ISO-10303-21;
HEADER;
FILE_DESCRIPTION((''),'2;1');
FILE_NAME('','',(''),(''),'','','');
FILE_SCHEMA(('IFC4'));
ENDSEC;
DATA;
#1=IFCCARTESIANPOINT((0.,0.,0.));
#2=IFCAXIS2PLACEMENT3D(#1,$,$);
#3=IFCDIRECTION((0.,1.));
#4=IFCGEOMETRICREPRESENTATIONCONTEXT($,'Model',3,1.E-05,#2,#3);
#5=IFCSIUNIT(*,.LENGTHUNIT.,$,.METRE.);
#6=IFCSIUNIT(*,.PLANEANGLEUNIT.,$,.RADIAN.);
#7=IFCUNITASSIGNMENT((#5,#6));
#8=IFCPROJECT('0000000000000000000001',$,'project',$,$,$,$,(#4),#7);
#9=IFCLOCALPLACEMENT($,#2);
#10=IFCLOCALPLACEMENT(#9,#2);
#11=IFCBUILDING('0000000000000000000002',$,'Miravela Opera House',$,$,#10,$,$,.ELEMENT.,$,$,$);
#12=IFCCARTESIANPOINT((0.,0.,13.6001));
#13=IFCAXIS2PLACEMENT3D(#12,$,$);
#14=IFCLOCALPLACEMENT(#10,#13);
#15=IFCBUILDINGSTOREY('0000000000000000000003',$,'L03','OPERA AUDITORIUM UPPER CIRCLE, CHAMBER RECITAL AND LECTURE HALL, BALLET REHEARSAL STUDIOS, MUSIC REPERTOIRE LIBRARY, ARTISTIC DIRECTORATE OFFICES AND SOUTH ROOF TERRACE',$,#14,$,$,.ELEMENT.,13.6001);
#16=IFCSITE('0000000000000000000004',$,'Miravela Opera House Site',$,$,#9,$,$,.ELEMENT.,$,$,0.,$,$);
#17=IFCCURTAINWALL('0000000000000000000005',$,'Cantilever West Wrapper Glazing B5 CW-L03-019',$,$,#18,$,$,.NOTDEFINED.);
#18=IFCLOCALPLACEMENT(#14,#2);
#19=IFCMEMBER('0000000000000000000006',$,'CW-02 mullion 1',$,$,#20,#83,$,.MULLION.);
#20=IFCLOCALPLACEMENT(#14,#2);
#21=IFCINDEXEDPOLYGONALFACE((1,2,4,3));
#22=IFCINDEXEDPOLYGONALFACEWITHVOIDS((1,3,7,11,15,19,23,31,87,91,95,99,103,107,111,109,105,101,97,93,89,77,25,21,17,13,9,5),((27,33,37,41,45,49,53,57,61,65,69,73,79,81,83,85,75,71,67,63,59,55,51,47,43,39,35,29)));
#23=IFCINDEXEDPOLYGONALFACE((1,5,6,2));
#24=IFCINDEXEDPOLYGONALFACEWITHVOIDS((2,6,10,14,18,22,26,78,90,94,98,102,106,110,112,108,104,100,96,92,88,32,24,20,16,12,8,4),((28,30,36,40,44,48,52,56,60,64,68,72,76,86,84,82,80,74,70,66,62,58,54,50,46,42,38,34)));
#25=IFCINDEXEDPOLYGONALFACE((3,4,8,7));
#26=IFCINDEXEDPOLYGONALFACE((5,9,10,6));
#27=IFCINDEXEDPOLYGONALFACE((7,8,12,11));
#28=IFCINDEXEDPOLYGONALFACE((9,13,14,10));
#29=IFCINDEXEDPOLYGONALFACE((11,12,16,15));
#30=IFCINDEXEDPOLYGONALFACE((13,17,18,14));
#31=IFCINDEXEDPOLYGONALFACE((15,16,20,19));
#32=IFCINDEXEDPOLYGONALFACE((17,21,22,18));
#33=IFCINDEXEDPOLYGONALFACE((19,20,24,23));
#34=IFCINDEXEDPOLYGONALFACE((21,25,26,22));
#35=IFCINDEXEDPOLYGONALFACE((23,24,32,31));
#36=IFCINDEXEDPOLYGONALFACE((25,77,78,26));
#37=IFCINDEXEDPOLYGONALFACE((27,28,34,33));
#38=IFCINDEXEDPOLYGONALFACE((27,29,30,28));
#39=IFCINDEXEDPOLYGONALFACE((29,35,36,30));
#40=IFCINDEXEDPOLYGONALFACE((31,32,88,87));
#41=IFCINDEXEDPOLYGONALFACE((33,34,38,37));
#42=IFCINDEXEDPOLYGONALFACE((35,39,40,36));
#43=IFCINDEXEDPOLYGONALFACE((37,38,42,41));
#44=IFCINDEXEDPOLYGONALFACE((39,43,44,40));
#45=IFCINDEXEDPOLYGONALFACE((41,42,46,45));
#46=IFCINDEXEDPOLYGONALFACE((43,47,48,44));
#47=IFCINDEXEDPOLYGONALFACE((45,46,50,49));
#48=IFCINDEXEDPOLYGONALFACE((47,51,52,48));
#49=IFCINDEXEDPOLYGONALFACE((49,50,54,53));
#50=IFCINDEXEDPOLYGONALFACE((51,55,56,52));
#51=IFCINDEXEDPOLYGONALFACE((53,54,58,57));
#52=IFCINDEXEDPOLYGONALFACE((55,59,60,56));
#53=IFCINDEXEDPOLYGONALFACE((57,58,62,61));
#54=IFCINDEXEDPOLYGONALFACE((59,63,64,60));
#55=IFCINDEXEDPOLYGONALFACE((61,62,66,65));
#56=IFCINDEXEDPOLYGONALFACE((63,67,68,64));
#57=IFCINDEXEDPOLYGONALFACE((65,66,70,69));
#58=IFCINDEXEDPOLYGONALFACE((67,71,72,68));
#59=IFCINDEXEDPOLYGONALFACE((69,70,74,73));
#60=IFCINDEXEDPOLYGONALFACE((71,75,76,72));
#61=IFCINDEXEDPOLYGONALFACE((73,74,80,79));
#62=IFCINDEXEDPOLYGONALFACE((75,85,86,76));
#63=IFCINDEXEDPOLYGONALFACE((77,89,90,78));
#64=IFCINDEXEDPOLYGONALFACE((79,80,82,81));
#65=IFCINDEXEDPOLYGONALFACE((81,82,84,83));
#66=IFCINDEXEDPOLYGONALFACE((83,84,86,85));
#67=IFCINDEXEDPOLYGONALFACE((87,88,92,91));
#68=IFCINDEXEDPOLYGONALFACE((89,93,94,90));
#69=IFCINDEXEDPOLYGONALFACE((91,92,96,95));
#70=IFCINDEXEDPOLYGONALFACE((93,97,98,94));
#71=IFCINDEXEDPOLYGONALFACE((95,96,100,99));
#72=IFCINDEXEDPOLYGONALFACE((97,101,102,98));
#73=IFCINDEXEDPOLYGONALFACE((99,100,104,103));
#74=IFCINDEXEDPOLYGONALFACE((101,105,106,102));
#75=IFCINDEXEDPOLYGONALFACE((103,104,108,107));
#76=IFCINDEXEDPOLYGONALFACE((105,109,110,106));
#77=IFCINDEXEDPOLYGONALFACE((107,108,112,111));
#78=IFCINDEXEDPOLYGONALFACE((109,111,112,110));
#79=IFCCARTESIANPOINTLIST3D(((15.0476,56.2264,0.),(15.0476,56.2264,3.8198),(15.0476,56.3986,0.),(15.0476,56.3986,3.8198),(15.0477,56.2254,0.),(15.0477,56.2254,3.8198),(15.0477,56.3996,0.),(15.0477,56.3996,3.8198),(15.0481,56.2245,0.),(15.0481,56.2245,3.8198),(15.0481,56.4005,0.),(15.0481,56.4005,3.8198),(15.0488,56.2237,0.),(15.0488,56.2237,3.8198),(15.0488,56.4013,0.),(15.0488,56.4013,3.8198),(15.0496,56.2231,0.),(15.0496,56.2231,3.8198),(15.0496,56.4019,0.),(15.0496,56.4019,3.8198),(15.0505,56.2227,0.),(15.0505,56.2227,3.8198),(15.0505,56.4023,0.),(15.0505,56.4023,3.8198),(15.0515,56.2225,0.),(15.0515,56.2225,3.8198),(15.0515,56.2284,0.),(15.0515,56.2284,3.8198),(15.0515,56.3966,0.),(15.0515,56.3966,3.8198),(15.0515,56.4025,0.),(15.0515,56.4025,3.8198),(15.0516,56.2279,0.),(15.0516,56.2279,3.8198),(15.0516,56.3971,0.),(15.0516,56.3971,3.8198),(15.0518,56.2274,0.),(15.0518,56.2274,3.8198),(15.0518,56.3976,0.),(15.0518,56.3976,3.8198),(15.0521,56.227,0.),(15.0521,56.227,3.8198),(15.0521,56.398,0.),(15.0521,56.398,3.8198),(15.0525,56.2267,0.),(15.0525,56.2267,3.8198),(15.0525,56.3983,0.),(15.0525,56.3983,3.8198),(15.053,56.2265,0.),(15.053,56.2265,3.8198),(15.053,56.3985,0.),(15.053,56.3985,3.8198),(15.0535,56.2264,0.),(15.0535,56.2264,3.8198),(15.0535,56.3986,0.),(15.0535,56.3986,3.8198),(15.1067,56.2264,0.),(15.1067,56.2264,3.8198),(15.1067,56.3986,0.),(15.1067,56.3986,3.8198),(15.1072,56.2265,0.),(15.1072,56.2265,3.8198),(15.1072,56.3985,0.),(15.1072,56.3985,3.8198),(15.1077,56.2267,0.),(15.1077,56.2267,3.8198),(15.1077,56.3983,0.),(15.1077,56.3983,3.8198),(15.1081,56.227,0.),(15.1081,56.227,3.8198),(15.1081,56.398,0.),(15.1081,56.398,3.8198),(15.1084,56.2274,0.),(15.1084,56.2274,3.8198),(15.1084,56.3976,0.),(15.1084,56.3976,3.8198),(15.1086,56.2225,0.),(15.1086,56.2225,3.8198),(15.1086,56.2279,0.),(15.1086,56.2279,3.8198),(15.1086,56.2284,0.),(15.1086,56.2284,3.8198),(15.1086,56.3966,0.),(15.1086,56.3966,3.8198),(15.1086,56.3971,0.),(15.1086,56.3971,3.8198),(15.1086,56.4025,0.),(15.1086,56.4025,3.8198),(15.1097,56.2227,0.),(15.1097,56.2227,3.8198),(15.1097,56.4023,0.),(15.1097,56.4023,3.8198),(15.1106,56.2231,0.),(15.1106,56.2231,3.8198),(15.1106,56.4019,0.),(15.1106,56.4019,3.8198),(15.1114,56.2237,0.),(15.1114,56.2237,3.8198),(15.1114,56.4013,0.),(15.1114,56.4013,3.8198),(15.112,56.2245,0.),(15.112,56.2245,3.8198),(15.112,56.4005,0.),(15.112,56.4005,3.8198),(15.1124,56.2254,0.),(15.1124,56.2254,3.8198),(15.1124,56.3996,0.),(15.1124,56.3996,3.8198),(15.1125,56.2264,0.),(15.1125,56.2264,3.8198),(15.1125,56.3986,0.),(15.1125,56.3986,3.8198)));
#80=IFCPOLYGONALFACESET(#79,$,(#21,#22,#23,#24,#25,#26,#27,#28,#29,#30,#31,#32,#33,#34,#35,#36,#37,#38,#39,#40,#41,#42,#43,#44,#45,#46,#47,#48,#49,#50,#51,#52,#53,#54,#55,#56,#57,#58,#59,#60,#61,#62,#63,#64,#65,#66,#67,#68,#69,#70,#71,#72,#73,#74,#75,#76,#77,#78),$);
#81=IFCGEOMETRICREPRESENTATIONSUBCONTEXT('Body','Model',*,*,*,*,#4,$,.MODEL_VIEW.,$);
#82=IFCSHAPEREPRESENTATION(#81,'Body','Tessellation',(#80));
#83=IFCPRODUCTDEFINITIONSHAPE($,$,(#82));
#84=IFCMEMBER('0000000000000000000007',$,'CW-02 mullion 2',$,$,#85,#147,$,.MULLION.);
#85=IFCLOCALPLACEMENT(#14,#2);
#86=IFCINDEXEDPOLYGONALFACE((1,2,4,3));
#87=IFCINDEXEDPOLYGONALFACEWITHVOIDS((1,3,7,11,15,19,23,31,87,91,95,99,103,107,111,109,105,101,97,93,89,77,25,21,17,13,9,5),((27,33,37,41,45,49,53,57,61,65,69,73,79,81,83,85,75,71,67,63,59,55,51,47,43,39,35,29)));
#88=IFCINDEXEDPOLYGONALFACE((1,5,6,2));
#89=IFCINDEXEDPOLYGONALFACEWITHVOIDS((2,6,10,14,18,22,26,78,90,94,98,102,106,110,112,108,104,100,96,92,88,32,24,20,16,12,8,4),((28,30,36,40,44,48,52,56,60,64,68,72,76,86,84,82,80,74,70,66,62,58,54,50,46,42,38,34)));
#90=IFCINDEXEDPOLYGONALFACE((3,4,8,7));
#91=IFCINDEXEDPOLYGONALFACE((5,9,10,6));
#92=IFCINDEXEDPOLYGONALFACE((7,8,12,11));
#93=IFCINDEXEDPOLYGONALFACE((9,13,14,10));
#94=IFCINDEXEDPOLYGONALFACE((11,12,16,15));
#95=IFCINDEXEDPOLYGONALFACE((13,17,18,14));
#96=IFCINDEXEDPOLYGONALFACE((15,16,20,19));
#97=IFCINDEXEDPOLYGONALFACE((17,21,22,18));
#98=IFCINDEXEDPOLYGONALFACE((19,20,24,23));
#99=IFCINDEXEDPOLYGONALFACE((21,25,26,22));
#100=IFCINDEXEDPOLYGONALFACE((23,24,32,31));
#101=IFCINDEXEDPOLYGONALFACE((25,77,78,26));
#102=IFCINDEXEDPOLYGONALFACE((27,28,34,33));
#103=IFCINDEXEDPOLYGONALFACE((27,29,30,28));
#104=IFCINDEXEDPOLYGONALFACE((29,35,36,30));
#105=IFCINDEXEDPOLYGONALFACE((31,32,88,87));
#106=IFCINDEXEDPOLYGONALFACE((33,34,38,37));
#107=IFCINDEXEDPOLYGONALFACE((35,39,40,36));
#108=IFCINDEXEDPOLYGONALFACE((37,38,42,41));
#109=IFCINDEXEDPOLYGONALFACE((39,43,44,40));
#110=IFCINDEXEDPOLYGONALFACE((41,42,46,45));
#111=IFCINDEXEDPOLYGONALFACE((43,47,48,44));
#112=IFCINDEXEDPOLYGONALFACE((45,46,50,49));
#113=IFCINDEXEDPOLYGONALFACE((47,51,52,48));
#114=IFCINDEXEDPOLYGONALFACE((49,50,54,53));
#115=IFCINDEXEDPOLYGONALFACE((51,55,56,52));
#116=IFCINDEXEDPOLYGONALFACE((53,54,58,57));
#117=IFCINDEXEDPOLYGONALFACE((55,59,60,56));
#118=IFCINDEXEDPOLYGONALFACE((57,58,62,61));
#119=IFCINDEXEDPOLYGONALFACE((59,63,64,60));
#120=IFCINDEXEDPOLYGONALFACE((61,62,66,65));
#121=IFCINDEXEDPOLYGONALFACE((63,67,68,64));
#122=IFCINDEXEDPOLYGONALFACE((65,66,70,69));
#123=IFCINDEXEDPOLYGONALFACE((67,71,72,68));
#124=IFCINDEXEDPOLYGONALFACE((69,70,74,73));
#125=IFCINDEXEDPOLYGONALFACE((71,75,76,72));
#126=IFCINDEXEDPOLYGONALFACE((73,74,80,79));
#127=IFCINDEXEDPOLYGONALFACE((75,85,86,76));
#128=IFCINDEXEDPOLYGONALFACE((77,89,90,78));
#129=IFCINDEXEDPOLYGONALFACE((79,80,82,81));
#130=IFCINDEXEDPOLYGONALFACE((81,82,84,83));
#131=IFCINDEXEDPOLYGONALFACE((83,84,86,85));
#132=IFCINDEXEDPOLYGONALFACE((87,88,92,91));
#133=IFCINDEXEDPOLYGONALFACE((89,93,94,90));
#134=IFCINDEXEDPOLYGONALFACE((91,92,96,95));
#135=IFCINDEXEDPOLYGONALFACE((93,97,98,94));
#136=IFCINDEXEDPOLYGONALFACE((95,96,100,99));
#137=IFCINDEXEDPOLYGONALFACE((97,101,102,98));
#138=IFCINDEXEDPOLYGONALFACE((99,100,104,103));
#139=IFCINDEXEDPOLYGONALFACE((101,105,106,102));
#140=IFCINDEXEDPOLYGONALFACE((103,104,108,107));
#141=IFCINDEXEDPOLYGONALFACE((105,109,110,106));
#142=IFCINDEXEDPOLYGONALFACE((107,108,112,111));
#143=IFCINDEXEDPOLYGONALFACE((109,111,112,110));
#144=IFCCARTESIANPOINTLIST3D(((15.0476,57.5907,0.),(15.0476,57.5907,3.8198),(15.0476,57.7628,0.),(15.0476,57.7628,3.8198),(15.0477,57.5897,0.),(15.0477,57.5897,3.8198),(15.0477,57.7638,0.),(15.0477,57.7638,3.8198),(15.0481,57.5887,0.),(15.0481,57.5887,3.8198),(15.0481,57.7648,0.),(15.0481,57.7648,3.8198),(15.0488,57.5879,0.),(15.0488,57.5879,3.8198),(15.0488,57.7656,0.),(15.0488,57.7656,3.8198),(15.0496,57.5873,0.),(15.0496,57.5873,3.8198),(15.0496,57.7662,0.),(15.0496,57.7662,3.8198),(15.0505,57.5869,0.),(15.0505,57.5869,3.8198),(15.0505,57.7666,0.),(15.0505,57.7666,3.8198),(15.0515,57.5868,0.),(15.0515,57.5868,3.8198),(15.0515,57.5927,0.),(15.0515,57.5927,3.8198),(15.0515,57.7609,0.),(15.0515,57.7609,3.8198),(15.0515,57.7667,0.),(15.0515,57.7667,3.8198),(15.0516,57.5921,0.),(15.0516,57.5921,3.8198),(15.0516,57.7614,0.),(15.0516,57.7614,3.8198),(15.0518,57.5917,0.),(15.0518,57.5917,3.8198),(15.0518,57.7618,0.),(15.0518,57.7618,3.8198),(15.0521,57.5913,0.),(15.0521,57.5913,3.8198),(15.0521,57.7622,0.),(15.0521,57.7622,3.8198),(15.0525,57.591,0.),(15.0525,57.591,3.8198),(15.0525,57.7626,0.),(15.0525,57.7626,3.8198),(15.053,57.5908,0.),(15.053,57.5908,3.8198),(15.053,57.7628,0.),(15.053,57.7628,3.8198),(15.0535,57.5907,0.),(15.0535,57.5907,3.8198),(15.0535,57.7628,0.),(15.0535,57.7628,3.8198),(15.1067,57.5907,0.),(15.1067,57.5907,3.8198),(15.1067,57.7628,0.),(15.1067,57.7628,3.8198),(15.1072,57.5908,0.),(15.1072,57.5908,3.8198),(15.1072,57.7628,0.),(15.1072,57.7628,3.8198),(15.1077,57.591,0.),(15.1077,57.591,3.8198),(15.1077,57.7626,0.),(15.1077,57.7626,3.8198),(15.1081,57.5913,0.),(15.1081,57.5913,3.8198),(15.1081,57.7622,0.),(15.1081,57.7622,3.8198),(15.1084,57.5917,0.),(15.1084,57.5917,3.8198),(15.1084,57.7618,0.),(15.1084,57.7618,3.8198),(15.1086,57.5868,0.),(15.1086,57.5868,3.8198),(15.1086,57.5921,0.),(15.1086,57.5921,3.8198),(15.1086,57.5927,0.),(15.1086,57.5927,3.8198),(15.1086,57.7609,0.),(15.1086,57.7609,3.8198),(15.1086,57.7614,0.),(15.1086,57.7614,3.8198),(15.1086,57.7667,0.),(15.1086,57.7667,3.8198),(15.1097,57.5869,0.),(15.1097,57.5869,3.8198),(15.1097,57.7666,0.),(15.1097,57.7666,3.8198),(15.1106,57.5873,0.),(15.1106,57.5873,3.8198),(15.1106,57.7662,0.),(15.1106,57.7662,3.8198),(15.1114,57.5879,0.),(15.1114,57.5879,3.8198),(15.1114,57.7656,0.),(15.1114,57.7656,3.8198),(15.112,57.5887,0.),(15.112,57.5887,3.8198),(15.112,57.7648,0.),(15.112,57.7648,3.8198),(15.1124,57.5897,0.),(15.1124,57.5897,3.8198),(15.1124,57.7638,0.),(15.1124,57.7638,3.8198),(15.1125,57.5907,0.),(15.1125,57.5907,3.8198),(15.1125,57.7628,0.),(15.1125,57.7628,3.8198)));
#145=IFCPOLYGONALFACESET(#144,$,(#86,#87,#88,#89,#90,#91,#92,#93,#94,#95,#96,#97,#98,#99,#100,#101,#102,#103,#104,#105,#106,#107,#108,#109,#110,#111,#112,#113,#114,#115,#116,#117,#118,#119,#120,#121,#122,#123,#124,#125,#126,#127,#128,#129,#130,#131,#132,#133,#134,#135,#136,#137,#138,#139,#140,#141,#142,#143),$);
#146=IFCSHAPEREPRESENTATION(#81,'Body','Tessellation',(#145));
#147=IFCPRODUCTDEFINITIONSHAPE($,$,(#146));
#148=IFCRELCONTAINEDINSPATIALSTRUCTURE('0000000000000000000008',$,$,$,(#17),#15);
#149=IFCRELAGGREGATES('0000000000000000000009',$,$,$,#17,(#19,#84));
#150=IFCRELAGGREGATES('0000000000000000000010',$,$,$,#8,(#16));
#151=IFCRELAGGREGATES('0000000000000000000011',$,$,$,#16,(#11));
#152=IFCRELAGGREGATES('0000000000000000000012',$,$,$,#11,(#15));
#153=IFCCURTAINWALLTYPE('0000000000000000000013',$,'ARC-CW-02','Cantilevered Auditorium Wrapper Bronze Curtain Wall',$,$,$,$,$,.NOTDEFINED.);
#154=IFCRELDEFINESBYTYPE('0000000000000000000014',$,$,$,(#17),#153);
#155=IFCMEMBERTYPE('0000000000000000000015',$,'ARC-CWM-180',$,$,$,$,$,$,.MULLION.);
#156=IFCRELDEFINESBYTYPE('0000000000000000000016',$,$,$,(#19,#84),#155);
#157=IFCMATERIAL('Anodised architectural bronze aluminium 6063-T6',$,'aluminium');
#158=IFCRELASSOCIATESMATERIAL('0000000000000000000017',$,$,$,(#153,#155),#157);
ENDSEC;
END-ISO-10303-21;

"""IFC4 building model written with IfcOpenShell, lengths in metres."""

from ifc_helpers import new_model, si_unit, direction, frame, origin, origin_2d, place, context, subcontext, project, spatial, hollow_rectangle, extrude, material, material_profile, profile_set, type_object, element, aggregate, save


model = new_model("IFC4")

# Units and contexts
model_context = context("Model", 3, precision=1e-05, world=origin(), true_north=direction((0.0, 1.0)))
body_context = subcontext(model_context, "Body", "Model", "MODEL_VIEW")
ifc_project = project(units=[si_unit("LENGTHUNIT", "METRE"), si_unit("PLANEANGLEUNIT", "RADIAN")], contexts=[model_context])

# Site, building, storey
site_placement = place(None, origin())
site = spatial("IfcSite", under=ifc_project, at=site_placement, Name="Miravela Opera House Site", CompositionType="ELEMENT", RefElevation=0.0)
building_placement = place(site_placement, origin())
building = spatial("IfcBuilding", under=site, at=building_placement, Name="Miravela Opera House", CompositionType="ELEMENT")
storey_placement = place(building_placement, frame((0.0, 0.0, 13.6001)))
storey = spatial("IfcBuildingStorey", under=building, at=storey_placement, Name="L03", Description="OPERA AUDITORIUM UPPER CIRCLE, CHAMBER RECITAL AND LECTURE HALL, BALLET REHEARSAL STUDIOS, MUSIC REPERTOIRE LIBRARY, ARTISTIC DIRECTORATE OFFICES AND SOUTH ROOF TERRACE", CompositionType="ELEMENT", Elevation=13.6001)

# Curtain wall, members
ifc_material_1 = material(Name="Anodised architectural bronze aluminium 6063-T6", Category="aluminium")
curtain_wall_type = type_object("IfcCurtainWallType", Name="ARC-CW-02", Description="Cantilevered Auditorium Wrapper Bronze Curtain Wall", PredefinedType="NOTDEFINED", material=ifc_material_1)
curtain_wall_1_placement = place(storey_placement, origin())
curtain_wall_1 = element("IfcCurtainWall", 1, at=curtain_wall_1_placement, inside=storey, type_object=curtain_wall_type, Name="Cantilever West Wrapper Glazing B5 CW-L03-019", PredefinedType="NOTDEFINED")
ifc_material_profile_1 = material_profile(ifc_material_1, hollow_rectangle(XDim=0.0649, YDim=0.1799, WallThickness=0.0039, InnerFilletRadius=0.002, OuterFilletRadius=0.0039, at=origin_2d()), Name="CWM-65X180")
ifc_profile_set_1 = profile_set([ifc_material_profile_1])
member_type_1 = type_object("IfcMemberType", Name="ARC-CWM-180", PredefinedType="MULLION", material=ifc_profile_set_1)
member_1_placement = place(storey_placement, frame((15.0801, 56.3125, 0.0), z_axis=(0.0, 0.0, 1.0), x_axis=(-1.0, 0.0, 0.0)))
member_1 = element("IfcMember", 2, at=member_1_placement, type_object=member_type_1, Name="CW-02 mullion 1", PredefinedType="MULLION", context=body_context, shape_type="SweptSolid", body=[
    extrude(hollow_rectangle(XDim=0.0649, YDim=0.1799, WallThickness=0.0039, InnerFilletRadius=0.002, OuterFilletRadius=0.0039, at=origin_2d()), origin(), (0.0, 0.0, 1.0), 3.8198),
])
member_2_placement = place(storey_placement, frame((15.0801, 57.6768, 0.0), z_axis=(0.0, 0.0, 1.0), x_axis=(-1.0, 0.0, 0.0)))
member_2 = element("IfcMember", 3, at=member_2_placement, type_object=member_type_1, Name="CW-02 mullion 2", PredefinedType="MULLION", context=body_context, shape_type="SweptSolid", body=[
    extrude(hollow_rectangle(XDim=0.0649, YDim=0.1799, WallThickness=0.0039, InnerFilletRadius=0.002, OuterFilletRadius=0.0039, at=origin_2d()), origin(), (0.0, 0.0, 1.0), 3.8198),
])

aggregate(curtain_wall_1, [member_1, member_2])

save(model, "model.ifc")
